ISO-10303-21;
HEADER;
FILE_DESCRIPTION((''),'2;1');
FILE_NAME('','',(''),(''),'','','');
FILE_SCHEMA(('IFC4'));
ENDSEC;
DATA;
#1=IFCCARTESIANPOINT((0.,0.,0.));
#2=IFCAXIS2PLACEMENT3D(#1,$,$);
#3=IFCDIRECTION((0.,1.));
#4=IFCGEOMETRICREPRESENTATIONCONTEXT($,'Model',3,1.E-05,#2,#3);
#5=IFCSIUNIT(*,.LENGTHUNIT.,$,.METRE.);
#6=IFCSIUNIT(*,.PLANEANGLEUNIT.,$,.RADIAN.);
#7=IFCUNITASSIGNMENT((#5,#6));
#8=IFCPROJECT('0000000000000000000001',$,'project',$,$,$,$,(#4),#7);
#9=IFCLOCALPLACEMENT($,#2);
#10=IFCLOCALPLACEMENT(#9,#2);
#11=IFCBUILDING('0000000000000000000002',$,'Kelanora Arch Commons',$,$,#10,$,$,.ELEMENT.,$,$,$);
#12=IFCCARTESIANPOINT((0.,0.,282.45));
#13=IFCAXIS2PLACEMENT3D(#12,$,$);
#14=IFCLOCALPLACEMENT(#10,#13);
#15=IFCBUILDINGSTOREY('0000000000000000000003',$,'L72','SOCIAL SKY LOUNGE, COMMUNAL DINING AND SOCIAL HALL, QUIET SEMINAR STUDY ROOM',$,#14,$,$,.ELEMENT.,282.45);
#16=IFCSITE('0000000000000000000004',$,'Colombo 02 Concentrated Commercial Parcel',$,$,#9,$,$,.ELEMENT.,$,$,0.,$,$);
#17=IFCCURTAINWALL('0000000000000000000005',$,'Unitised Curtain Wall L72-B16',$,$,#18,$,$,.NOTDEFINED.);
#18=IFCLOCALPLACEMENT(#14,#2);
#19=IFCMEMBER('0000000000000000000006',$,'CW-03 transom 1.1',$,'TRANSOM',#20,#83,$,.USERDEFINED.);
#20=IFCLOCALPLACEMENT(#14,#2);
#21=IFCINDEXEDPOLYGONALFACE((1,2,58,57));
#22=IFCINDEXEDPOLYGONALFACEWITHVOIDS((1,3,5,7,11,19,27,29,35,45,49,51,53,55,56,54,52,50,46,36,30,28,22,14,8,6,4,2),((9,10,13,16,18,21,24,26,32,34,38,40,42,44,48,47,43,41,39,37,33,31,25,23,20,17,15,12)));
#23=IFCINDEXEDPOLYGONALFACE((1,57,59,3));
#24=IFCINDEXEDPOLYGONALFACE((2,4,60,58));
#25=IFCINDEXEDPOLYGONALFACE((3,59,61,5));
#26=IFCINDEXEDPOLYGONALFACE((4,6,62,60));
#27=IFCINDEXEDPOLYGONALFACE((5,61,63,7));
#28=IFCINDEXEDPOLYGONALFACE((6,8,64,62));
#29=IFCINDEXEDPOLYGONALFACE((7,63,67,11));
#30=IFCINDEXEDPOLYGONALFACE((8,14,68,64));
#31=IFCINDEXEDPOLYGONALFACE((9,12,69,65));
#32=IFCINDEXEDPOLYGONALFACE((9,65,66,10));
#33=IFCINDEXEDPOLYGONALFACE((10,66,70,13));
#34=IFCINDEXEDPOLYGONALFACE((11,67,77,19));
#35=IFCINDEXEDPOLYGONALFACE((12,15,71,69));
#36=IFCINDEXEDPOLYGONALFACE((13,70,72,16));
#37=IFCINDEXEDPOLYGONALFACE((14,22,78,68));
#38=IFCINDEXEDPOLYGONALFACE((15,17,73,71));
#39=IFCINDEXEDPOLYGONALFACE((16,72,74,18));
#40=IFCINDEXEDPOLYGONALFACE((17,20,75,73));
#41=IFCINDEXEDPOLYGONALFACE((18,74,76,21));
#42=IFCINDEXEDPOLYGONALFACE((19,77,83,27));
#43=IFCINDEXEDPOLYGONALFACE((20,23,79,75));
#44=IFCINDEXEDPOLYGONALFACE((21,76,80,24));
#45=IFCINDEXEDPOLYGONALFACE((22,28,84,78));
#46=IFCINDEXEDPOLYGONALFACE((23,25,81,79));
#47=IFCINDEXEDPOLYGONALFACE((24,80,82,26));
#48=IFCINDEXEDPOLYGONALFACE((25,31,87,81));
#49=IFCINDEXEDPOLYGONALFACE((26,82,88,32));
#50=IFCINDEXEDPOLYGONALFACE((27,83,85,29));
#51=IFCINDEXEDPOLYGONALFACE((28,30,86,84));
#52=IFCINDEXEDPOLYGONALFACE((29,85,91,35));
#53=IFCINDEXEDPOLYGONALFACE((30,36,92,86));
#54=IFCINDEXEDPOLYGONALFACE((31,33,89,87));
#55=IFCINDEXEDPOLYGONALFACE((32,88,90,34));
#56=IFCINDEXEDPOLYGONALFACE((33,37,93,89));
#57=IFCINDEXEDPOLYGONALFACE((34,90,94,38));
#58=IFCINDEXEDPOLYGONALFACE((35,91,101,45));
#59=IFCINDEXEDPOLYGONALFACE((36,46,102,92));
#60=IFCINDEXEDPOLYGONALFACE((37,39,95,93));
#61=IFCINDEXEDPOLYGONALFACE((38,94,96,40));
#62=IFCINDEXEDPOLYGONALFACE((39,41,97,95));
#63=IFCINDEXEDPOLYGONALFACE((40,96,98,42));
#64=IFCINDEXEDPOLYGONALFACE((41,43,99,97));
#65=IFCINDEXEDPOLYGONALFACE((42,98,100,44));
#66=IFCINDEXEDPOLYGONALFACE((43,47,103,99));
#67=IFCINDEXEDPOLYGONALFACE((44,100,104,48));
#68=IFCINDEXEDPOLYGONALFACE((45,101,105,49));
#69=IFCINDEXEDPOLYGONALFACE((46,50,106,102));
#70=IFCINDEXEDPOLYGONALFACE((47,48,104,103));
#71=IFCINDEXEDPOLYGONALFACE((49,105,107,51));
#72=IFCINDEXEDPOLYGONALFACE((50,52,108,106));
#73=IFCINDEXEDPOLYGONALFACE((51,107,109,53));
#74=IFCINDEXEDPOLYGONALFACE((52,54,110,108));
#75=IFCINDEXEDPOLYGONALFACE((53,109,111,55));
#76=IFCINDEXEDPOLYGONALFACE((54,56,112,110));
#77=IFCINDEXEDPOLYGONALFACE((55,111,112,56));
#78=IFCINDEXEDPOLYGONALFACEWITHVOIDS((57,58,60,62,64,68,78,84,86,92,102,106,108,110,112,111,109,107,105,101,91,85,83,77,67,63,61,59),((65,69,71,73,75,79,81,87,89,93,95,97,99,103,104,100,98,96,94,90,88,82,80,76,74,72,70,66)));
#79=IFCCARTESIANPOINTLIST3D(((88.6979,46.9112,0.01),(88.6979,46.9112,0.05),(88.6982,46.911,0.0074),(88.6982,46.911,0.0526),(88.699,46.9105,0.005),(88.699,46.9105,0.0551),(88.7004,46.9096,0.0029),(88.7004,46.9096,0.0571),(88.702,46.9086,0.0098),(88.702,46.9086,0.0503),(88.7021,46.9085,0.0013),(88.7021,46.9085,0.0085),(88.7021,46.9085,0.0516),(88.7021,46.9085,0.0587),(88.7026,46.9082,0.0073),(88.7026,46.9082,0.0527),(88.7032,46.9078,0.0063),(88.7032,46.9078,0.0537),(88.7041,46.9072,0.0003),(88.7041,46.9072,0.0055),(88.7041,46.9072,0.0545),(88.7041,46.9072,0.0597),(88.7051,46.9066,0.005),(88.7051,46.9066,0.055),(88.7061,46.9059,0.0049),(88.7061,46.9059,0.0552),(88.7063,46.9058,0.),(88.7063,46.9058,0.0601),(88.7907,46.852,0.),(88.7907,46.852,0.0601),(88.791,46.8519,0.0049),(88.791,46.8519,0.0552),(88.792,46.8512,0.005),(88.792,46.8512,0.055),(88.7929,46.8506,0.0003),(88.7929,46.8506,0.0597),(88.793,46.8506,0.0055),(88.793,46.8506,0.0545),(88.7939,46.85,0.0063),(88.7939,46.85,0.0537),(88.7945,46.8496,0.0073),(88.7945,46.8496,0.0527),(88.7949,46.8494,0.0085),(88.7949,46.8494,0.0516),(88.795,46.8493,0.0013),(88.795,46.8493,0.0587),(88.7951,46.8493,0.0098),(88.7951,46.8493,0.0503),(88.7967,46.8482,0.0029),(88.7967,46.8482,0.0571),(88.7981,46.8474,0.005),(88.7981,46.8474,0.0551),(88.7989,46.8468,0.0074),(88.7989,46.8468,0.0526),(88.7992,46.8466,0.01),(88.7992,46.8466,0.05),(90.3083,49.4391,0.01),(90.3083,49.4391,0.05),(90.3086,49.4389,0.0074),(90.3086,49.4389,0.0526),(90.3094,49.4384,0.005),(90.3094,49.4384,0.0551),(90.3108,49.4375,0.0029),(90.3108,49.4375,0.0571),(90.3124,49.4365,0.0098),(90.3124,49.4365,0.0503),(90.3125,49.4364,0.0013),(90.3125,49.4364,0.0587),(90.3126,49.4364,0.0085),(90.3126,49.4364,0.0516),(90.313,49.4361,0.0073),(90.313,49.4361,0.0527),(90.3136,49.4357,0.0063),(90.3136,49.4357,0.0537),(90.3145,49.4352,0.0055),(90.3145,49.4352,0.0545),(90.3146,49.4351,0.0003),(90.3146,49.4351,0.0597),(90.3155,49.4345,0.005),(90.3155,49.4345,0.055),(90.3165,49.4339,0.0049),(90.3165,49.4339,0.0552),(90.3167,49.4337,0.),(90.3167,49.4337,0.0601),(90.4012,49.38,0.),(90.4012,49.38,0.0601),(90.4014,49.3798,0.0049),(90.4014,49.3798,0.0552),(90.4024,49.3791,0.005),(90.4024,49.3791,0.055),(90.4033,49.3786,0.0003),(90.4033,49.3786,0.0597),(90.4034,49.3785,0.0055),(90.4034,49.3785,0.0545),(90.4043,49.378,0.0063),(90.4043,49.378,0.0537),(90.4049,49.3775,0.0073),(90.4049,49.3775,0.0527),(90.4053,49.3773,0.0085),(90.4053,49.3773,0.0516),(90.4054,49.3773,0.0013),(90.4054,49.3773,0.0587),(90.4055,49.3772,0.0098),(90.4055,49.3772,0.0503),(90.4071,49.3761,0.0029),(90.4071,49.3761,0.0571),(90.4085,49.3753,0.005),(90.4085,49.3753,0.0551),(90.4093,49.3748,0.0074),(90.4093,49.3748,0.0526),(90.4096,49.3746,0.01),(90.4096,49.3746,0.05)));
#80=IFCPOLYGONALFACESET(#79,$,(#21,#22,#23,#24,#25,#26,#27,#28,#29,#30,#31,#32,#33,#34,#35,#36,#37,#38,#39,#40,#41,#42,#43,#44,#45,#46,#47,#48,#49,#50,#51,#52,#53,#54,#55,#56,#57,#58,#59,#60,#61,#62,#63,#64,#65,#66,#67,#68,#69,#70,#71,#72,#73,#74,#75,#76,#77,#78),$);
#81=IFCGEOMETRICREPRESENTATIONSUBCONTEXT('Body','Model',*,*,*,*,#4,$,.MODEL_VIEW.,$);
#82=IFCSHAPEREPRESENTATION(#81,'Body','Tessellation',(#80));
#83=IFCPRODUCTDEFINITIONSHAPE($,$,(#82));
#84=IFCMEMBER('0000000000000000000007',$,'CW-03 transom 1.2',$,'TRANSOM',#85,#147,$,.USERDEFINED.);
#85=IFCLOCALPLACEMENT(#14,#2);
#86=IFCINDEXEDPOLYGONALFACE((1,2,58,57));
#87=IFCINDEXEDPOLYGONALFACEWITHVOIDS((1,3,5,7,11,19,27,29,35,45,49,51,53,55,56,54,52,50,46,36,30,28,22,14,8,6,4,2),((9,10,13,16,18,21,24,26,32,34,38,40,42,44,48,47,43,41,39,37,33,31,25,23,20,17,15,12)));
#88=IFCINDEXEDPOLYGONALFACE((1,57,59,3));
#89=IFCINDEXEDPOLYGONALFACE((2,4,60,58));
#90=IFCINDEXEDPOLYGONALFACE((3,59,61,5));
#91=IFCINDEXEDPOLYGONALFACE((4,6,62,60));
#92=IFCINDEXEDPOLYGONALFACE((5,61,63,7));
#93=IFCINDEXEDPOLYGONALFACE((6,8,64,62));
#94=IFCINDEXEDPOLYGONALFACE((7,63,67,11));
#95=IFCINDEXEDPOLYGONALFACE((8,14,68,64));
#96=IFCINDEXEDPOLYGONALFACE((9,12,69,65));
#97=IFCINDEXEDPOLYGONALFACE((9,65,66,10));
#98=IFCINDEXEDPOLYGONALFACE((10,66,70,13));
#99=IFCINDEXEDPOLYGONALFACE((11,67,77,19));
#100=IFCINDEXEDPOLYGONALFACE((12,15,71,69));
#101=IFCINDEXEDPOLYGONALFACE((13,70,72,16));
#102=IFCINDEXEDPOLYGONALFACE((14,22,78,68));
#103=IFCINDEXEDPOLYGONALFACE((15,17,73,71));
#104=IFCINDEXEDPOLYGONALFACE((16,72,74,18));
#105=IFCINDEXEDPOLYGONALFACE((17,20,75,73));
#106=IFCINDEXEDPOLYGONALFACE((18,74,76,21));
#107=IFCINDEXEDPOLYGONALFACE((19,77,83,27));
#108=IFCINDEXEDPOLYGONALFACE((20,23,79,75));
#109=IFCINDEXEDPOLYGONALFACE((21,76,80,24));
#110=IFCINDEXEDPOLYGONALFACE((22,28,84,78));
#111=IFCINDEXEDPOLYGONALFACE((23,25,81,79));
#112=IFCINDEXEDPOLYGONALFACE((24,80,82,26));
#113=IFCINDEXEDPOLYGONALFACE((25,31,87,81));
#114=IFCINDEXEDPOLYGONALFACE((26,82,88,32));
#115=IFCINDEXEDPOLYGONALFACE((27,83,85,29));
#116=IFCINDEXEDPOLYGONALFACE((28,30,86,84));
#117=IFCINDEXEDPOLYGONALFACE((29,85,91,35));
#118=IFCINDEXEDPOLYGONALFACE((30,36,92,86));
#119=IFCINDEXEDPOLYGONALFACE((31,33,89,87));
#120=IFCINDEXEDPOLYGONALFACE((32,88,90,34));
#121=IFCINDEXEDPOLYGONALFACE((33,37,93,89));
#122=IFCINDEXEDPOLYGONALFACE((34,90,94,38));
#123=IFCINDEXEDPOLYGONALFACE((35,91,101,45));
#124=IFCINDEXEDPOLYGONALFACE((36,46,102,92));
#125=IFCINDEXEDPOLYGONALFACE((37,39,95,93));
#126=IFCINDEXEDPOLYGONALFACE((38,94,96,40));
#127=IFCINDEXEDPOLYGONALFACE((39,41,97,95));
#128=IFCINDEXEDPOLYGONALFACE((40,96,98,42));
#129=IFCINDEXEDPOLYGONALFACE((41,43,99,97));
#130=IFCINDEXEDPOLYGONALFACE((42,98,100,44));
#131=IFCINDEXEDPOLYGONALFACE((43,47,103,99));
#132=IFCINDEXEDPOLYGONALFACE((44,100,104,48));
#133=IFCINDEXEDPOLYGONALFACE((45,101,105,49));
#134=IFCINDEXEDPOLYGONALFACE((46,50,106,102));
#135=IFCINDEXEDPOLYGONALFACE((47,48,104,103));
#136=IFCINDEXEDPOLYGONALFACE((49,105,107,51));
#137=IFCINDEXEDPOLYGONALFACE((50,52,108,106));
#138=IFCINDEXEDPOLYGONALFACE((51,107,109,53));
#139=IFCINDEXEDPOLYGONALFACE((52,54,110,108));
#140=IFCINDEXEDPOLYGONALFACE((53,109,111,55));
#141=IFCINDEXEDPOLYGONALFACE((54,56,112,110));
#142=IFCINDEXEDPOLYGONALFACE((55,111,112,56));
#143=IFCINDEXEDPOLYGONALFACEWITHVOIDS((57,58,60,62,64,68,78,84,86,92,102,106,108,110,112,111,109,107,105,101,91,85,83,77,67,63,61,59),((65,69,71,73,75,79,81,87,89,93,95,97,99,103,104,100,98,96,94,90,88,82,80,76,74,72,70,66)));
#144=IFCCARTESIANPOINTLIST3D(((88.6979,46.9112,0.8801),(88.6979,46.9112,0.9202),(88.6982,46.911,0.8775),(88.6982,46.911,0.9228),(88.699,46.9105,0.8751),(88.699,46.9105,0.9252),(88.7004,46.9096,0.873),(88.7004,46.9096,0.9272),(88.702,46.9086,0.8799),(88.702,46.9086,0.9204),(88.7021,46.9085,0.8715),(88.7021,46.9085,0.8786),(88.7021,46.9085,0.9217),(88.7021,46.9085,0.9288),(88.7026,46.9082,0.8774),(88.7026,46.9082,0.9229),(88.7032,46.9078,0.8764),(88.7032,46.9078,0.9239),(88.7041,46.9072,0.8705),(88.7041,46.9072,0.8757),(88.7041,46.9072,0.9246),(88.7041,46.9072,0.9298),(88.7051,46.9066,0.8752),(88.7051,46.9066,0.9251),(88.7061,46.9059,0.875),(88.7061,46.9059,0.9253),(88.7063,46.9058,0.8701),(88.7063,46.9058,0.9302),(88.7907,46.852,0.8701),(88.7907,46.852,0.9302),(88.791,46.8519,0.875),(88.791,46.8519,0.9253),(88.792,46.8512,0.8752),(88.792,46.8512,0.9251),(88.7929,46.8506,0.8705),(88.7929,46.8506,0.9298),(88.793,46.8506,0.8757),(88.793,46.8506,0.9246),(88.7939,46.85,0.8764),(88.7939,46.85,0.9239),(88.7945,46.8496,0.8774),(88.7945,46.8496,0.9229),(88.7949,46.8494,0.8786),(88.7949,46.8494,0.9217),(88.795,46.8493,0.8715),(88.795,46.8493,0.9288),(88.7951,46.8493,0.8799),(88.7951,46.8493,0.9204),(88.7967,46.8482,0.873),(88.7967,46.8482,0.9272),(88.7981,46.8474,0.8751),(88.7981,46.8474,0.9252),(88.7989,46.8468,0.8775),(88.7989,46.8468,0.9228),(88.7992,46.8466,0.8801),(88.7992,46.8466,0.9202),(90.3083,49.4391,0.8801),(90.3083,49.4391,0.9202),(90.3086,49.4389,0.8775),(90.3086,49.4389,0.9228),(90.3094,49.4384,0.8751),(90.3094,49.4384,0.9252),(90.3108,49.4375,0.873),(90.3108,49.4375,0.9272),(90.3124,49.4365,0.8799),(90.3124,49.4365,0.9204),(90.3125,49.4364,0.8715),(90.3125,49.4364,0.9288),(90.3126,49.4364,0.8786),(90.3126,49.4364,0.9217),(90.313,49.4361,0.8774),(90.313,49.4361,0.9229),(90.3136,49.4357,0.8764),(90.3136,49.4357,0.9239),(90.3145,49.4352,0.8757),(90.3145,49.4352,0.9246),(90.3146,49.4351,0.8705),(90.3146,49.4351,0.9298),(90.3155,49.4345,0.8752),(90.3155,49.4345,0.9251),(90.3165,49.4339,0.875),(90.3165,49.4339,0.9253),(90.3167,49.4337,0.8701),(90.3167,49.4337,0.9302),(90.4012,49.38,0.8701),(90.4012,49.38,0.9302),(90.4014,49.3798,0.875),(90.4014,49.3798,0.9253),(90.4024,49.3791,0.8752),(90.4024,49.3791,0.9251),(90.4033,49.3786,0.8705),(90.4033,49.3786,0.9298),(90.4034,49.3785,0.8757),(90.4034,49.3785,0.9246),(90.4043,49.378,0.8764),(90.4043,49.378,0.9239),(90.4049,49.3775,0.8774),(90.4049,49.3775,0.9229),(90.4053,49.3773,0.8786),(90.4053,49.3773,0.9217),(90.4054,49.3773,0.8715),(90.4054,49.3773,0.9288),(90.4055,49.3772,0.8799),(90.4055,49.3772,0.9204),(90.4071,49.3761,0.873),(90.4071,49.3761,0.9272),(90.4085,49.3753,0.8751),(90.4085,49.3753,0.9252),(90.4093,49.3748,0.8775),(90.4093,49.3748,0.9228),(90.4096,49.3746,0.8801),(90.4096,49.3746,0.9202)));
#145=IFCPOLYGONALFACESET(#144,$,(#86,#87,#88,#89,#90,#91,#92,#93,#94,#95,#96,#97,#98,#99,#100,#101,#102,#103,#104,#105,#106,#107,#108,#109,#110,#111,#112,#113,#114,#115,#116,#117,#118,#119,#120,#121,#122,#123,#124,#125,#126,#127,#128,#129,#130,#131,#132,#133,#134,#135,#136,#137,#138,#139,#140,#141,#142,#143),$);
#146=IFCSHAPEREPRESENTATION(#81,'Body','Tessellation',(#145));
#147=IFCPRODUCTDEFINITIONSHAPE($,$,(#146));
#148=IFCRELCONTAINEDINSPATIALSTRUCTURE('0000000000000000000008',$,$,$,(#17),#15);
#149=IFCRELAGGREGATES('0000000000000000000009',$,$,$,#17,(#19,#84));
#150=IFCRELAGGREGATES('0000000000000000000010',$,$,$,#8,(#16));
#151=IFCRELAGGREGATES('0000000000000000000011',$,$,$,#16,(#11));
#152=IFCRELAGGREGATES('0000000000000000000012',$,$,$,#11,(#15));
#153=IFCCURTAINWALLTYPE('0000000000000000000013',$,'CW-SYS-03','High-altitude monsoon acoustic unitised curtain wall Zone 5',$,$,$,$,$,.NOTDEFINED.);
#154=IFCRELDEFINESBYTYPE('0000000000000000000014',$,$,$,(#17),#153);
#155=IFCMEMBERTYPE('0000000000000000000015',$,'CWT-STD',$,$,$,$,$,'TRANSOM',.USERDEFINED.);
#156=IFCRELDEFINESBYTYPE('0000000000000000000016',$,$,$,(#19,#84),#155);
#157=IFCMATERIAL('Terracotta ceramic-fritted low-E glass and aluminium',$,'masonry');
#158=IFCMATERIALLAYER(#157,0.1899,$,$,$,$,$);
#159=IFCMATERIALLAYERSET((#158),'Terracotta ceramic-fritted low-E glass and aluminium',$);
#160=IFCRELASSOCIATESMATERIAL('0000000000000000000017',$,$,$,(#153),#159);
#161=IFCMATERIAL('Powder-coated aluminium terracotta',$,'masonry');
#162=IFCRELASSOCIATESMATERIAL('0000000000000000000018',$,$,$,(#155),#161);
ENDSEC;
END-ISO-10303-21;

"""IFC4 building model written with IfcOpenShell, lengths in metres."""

from ifc_helpers import new_model, si_unit, direction, frame, origin, origin_2d, place, context, subcontext, project, spatial, hollow_rectangle, extrude, material, layer, layer_set, material_profile, profile_set, type_object, element, aggregate, save


model = new_model("IFC4")

# Units and contexts
model_context = context("Model", 3, precision=1e-05, world=origin(), true_north=direction((0.0, 1.0)))
body_context = subcontext(model_context, "Body", "Model", "MODEL_VIEW")
ifc_project = project(units=[si_unit("LENGTHUNIT", "METRE"), si_unit("PLANEANGLEUNIT", "RADIAN")], contexts=[model_context])

# Site, building, storey
site_placement = place(None, origin())
site = spatial("IfcSite", under=ifc_project, at=site_placement, Name="Colombo 02 Concentrated Commercial Parcel", CompositionType="ELEMENT", RefElevation=0.0)
building_placement = place(site_placement, origin())
building = spatial("IfcBuilding", under=site, at=building_placement, Name="Kelanora Arch Commons", CompositionType="ELEMENT")
storey_placement = place(building_placement, frame((0.0, 0.0, 282.45)))
storey = spatial("IfcBuildingStorey", under=building, at=storey_placement, Name="L72", Description="SOCIAL SKY LOUNGE, COMMUNAL DINING AND SOCIAL HALL, QUIET SEMINAR STUDY ROOM", CompositionType="ELEMENT", Elevation=282.45)

# Shared definitions
ifc_material_1 = material(Name="Terracotta ceramic-fritted low-E glass and aluminium", Category="masonry")
ifc_layer_1 = layer(ifc_material_1, 0.1899)
ifc_layer_set_1 = layer_set([ifc_layer_1], Name="Terracotta ceramic-fritted low-E glass and aluminium")
curtain_wall_type = type_object("IfcCurtainWallType", Name="CW-SYS-03", Description="High-altitude monsoon acoustic unitised curtain wall Zone 5", PredefinedType="NOTDEFINED", material=ifc_layer_set_1)
ifc_material_2 = material(Name="Powder-coated aluminium terracotta", Category="masonry")

# Curtain wall, members
curtain_wall_1_placement = place(storey_placement, origin())
curtain_wall_1 = element("IfcCurtainWall", 1, at=curtain_wall_1_placement, inside=storey, type_object=curtain_wall_type, Name="Unitised Curtain Wall L72-B16", PredefinedType="NOTDEFINED")
ifc_material_profile_1 = material_profile(ifc_material_2, hollow_rectangle(XDim=0.1201, YDim=0.0601, WallThickness=0.0049, InnerFilletRadius=0.0049, OuterFilletRadius=0.01, at=origin_2d()), Name="CWT120x60")
ifc_profile_set_1 = profile_set([ifc_material_profile_1], Name="Powder-coated aluminium terracotta")
member_type_1 = type_object("IfcMemberType", Name="CWT-STD", ElementType="TRANSOM", PredefinedType="USERDEFINED", material=ifc_profile_set_1)
member_1_placement = place(storey_placement, frame((88.7485, 46.8789, 0.03), z_axis=(0.537287, 0.8434, 0.0), x_axis=(-0.8434, 0.537287, 0.0)))
member_1 = element("IfcMember", 2, at=member_1_placement, type_object=member_type_1, Name="CW-03 transom 1.1", ObjectType="TRANSOM", PredefinedType="USERDEFINED", context=body_context, shape_type="SweptSolid", body=[
    extrude(hollow_rectangle(XDim=0.1201, YDim=0.0601, WallThickness=0.0049, InnerFilletRadius=0.0049, OuterFilletRadius=0.01, at=origin_2d()), origin(), (0.0, 0.0, 1.0), 2.9973),
])
member_2_placement = place(storey_placement, frame((88.7485, 46.8789, 0.9001), z_axis=(0.537287, 0.8434, 0.0), x_axis=(-0.8434, 0.537287, 0.0)))
member_2 = element("IfcMember", 3, at=member_2_placement, type_object=member_type_1, Name="CW-03 transom 1.2", ObjectType="TRANSOM", PredefinedType="USERDEFINED", context=body_context, shape_type="SweptSolid", body=[
    extrude(hollow_rectangle(XDim=0.1201, YDim=0.0601, WallThickness=0.0049, InnerFilletRadius=0.0049, OuterFilletRadius=0.01, at=origin_2d()), origin(), (0.0, 0.0, 1.0), 2.9973),
])
aggregate(curtain_wall_1, [member_1, member_2])

save(model, "model.ifc")
